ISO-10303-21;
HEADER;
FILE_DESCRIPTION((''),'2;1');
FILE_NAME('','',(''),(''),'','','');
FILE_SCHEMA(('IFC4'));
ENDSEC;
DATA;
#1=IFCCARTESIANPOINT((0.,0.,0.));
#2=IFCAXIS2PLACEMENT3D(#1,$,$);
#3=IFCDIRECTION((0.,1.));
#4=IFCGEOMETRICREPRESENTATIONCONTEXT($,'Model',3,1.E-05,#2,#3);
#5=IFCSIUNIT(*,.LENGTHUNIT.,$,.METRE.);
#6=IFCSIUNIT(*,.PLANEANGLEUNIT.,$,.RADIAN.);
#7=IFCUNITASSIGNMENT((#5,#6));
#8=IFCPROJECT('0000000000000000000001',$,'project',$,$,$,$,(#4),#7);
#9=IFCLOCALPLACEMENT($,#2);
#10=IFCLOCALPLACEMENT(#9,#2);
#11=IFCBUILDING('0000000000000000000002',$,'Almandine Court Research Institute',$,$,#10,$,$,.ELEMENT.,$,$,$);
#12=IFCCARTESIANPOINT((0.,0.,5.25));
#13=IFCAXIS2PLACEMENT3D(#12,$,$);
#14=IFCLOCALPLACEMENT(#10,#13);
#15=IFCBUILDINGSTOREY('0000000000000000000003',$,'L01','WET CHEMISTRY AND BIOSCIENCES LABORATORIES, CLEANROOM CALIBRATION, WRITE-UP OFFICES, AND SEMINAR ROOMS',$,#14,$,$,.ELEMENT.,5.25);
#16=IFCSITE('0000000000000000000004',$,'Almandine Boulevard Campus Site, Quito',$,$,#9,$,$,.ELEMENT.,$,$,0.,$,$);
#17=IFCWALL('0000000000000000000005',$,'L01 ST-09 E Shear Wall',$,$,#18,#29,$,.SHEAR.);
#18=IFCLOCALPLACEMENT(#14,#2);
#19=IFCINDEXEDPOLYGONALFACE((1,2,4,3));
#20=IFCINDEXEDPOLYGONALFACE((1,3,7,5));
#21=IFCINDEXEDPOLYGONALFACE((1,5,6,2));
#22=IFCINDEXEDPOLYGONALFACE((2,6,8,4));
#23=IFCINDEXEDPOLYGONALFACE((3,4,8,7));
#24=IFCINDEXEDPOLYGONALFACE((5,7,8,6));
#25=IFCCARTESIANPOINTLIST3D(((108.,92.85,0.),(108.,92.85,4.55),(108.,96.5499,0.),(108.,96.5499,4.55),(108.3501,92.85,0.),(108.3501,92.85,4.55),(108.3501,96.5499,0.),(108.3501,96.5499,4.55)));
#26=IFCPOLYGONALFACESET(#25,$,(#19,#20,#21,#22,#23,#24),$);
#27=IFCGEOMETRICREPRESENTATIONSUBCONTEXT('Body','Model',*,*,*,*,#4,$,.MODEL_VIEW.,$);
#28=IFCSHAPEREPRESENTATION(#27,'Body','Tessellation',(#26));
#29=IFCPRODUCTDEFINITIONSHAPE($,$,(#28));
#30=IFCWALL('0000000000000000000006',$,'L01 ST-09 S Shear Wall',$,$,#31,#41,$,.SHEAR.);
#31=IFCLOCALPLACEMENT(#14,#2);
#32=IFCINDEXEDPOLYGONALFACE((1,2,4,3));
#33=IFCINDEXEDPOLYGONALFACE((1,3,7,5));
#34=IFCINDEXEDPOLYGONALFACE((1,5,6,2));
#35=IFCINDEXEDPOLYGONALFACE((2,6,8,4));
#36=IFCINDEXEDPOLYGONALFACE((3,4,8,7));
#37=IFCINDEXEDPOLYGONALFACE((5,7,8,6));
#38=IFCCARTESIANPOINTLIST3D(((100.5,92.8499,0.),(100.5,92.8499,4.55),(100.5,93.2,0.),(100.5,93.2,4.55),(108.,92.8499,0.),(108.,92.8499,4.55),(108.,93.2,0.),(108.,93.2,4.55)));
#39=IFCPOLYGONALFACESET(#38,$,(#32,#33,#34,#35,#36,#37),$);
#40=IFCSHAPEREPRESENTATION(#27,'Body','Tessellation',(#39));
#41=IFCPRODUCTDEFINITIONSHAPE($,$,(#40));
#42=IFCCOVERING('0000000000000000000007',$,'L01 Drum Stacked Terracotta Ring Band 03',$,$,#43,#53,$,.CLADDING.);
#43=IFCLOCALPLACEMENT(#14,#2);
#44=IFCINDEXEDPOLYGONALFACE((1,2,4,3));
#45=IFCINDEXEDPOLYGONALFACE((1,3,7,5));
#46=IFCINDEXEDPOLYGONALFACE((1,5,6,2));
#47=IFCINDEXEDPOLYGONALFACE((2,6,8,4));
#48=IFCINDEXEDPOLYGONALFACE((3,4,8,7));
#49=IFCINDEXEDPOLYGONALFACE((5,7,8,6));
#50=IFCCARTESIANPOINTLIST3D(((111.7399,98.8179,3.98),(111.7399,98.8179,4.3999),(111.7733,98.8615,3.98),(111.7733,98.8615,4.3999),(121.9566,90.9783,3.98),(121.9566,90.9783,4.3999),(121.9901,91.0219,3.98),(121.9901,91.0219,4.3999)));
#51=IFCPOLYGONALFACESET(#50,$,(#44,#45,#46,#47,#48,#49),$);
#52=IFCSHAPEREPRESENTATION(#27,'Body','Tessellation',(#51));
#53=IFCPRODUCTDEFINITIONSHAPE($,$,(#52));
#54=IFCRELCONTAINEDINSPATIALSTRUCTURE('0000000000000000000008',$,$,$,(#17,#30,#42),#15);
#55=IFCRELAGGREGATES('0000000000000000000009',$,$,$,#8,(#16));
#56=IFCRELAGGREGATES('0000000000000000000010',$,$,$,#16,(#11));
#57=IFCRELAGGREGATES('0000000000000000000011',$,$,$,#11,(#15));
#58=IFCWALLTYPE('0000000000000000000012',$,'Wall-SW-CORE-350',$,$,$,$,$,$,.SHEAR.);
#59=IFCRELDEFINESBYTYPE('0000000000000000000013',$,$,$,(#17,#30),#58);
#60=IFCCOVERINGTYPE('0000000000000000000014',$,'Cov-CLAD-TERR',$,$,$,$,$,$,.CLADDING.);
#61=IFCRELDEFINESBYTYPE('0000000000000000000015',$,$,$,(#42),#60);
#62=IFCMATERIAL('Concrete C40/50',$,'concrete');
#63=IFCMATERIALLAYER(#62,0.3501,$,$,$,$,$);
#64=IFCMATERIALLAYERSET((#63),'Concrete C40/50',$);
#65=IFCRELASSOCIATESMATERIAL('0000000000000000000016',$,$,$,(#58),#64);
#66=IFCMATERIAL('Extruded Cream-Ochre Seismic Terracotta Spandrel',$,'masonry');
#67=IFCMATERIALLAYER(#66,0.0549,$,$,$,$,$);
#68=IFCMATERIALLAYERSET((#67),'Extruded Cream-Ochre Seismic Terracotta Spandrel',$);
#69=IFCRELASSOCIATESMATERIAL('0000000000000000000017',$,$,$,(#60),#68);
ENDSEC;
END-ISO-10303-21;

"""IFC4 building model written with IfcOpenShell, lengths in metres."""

from ifc_helpers import new_model, si_unit, direction, frame, frame_2d, origin, origin_2d, place, context, subcontext, project, spatial, rectangle, extrude, material, layer, layer_set, type_object, element, save


model = new_model("IFC4")

# Units and contexts
model_context = context("Model", 3, precision=1e-05, world=origin(), true_north=direction((0.0, 1.0)))
body_context = subcontext(model_context, "Body", "Model", "MODEL_VIEW")
ifc_project = project(units=[si_unit("LENGTHUNIT", "METRE"), si_unit("PLANEANGLEUNIT", "RADIAN")], contexts=[model_context])

# Site, building, storey
site_placement = place(None, origin())
site = spatial("IfcSite", under=ifc_project, at=site_placement, Name="Almandine Boulevard Campus Site, Quito", CompositionType="ELEMENT", RefElevation=0.0)
building_placement = place(site_placement, origin())
building = spatial("IfcBuilding", under=site, at=building_placement, Name="Almandine Court Research Institute", CompositionType="ELEMENT")
storey_placement = place(building_placement, frame((0.0, 0.0, 5.25)))
storey = spatial("IfcBuildingStorey", under=building, at=storey_placement, Name="L01", Description="WET CHEMISTRY AND BIOSCIENCES LABORATORIES, CLEANROOM CALIBRATION, WRITE-UP OFFICES, AND SEMINAR ROOMS", CompositionType="ELEMENT", Elevation=5.25)

# Walls
ifc_material_1 = material(Name="Concrete C40/50", Category="concrete")
ifc_layer_1 = layer(ifc_material_1, 0.3501)
ifc_layer_set_1 = layer_set([ifc_layer_1], Name="Concrete C40/50")
wall_type_1 = type_object("IfcWallType", Name="Wall-SW-CORE-350", PredefinedType="SHEAR", material=ifc_layer_set_1)
wall_1_placement = place(storey_placement, frame((108.175, 96.55, 0.0), z_axis=(0.0, 0.0, 1.0), x_axis=(0.0, -1.0, 0.0)))
element("IfcWall", 1, at=wall_1_placement, inside=storey, type_object=wall_type_1, Name="L01 ST-09 E Shear Wall", PredefinedType="SHEAR", context=body_context, shape_type="SweptSolid", body=[
    extrude(rectangle(XDim=3.7, YDim=0.3501, at=frame_2d((1.8501, 0.0))), origin(), (0.0, 0.0, 1.0), 4.55),
])
wall_2_placement = place(storey_placement, frame((108.0, 93.0249, 0.0), z_axis=(0.0, 0.0, 1.0), x_axis=(-1.0, 0.0, 0.0)))
element("IfcWall", 2, at=wall_2_placement, inside=storey, type_object=wall_type_1, Name="L01 ST-09 S Shear Wall", PredefinedType="SHEAR", context=body_context, shape_type="SweptSolid", body=[
    extrude(rectangle(XDim=7.5, YDim=0.3501, at=frame_2d((3.75, 0.0))), origin(), (0.0, 0.0, 1.0), 4.55),
])

# Covering
ifc_material_2 = material(Name="Extruded Cream-Ochre Seismic Terracotta Spandrel", Category="masonry")
ifc_layer_2 = layer(ifc_material_2, 0.0549)
ifc_layer_set_2 = layer_set([ifc_layer_2], Name="Extruded Cream-Ochre Seismic Terracotta Spandrel")
covering_type = type_object("IfcCoveringType", Name="Cov-CLAD-TERR", PredefinedType="CLADDING", material=ifc_layer_set_2)
covering_placement = place(storey_placement, frame((116.865, 94.9199, 3.98), z_axis=(0.0, 0.0, 1.0), x_axis=(0.793353, -0.608761, 0.0)))
element("IfcCovering", 3, at=covering_placement, inside=storey, type_object=covering_type, Name="L01 Drum Stacked Terracotta Ring Band 03", PredefinedType="CLADDING", context=body_context, shape_type="SweptSolid", body=[
    extrude(rectangle(XDim=12.8779, YDim=0.0549, at=origin_2d()), origin(), (0.0, 0.0, 1.0), 0.4199),
])

save(model, "model.ifc")
